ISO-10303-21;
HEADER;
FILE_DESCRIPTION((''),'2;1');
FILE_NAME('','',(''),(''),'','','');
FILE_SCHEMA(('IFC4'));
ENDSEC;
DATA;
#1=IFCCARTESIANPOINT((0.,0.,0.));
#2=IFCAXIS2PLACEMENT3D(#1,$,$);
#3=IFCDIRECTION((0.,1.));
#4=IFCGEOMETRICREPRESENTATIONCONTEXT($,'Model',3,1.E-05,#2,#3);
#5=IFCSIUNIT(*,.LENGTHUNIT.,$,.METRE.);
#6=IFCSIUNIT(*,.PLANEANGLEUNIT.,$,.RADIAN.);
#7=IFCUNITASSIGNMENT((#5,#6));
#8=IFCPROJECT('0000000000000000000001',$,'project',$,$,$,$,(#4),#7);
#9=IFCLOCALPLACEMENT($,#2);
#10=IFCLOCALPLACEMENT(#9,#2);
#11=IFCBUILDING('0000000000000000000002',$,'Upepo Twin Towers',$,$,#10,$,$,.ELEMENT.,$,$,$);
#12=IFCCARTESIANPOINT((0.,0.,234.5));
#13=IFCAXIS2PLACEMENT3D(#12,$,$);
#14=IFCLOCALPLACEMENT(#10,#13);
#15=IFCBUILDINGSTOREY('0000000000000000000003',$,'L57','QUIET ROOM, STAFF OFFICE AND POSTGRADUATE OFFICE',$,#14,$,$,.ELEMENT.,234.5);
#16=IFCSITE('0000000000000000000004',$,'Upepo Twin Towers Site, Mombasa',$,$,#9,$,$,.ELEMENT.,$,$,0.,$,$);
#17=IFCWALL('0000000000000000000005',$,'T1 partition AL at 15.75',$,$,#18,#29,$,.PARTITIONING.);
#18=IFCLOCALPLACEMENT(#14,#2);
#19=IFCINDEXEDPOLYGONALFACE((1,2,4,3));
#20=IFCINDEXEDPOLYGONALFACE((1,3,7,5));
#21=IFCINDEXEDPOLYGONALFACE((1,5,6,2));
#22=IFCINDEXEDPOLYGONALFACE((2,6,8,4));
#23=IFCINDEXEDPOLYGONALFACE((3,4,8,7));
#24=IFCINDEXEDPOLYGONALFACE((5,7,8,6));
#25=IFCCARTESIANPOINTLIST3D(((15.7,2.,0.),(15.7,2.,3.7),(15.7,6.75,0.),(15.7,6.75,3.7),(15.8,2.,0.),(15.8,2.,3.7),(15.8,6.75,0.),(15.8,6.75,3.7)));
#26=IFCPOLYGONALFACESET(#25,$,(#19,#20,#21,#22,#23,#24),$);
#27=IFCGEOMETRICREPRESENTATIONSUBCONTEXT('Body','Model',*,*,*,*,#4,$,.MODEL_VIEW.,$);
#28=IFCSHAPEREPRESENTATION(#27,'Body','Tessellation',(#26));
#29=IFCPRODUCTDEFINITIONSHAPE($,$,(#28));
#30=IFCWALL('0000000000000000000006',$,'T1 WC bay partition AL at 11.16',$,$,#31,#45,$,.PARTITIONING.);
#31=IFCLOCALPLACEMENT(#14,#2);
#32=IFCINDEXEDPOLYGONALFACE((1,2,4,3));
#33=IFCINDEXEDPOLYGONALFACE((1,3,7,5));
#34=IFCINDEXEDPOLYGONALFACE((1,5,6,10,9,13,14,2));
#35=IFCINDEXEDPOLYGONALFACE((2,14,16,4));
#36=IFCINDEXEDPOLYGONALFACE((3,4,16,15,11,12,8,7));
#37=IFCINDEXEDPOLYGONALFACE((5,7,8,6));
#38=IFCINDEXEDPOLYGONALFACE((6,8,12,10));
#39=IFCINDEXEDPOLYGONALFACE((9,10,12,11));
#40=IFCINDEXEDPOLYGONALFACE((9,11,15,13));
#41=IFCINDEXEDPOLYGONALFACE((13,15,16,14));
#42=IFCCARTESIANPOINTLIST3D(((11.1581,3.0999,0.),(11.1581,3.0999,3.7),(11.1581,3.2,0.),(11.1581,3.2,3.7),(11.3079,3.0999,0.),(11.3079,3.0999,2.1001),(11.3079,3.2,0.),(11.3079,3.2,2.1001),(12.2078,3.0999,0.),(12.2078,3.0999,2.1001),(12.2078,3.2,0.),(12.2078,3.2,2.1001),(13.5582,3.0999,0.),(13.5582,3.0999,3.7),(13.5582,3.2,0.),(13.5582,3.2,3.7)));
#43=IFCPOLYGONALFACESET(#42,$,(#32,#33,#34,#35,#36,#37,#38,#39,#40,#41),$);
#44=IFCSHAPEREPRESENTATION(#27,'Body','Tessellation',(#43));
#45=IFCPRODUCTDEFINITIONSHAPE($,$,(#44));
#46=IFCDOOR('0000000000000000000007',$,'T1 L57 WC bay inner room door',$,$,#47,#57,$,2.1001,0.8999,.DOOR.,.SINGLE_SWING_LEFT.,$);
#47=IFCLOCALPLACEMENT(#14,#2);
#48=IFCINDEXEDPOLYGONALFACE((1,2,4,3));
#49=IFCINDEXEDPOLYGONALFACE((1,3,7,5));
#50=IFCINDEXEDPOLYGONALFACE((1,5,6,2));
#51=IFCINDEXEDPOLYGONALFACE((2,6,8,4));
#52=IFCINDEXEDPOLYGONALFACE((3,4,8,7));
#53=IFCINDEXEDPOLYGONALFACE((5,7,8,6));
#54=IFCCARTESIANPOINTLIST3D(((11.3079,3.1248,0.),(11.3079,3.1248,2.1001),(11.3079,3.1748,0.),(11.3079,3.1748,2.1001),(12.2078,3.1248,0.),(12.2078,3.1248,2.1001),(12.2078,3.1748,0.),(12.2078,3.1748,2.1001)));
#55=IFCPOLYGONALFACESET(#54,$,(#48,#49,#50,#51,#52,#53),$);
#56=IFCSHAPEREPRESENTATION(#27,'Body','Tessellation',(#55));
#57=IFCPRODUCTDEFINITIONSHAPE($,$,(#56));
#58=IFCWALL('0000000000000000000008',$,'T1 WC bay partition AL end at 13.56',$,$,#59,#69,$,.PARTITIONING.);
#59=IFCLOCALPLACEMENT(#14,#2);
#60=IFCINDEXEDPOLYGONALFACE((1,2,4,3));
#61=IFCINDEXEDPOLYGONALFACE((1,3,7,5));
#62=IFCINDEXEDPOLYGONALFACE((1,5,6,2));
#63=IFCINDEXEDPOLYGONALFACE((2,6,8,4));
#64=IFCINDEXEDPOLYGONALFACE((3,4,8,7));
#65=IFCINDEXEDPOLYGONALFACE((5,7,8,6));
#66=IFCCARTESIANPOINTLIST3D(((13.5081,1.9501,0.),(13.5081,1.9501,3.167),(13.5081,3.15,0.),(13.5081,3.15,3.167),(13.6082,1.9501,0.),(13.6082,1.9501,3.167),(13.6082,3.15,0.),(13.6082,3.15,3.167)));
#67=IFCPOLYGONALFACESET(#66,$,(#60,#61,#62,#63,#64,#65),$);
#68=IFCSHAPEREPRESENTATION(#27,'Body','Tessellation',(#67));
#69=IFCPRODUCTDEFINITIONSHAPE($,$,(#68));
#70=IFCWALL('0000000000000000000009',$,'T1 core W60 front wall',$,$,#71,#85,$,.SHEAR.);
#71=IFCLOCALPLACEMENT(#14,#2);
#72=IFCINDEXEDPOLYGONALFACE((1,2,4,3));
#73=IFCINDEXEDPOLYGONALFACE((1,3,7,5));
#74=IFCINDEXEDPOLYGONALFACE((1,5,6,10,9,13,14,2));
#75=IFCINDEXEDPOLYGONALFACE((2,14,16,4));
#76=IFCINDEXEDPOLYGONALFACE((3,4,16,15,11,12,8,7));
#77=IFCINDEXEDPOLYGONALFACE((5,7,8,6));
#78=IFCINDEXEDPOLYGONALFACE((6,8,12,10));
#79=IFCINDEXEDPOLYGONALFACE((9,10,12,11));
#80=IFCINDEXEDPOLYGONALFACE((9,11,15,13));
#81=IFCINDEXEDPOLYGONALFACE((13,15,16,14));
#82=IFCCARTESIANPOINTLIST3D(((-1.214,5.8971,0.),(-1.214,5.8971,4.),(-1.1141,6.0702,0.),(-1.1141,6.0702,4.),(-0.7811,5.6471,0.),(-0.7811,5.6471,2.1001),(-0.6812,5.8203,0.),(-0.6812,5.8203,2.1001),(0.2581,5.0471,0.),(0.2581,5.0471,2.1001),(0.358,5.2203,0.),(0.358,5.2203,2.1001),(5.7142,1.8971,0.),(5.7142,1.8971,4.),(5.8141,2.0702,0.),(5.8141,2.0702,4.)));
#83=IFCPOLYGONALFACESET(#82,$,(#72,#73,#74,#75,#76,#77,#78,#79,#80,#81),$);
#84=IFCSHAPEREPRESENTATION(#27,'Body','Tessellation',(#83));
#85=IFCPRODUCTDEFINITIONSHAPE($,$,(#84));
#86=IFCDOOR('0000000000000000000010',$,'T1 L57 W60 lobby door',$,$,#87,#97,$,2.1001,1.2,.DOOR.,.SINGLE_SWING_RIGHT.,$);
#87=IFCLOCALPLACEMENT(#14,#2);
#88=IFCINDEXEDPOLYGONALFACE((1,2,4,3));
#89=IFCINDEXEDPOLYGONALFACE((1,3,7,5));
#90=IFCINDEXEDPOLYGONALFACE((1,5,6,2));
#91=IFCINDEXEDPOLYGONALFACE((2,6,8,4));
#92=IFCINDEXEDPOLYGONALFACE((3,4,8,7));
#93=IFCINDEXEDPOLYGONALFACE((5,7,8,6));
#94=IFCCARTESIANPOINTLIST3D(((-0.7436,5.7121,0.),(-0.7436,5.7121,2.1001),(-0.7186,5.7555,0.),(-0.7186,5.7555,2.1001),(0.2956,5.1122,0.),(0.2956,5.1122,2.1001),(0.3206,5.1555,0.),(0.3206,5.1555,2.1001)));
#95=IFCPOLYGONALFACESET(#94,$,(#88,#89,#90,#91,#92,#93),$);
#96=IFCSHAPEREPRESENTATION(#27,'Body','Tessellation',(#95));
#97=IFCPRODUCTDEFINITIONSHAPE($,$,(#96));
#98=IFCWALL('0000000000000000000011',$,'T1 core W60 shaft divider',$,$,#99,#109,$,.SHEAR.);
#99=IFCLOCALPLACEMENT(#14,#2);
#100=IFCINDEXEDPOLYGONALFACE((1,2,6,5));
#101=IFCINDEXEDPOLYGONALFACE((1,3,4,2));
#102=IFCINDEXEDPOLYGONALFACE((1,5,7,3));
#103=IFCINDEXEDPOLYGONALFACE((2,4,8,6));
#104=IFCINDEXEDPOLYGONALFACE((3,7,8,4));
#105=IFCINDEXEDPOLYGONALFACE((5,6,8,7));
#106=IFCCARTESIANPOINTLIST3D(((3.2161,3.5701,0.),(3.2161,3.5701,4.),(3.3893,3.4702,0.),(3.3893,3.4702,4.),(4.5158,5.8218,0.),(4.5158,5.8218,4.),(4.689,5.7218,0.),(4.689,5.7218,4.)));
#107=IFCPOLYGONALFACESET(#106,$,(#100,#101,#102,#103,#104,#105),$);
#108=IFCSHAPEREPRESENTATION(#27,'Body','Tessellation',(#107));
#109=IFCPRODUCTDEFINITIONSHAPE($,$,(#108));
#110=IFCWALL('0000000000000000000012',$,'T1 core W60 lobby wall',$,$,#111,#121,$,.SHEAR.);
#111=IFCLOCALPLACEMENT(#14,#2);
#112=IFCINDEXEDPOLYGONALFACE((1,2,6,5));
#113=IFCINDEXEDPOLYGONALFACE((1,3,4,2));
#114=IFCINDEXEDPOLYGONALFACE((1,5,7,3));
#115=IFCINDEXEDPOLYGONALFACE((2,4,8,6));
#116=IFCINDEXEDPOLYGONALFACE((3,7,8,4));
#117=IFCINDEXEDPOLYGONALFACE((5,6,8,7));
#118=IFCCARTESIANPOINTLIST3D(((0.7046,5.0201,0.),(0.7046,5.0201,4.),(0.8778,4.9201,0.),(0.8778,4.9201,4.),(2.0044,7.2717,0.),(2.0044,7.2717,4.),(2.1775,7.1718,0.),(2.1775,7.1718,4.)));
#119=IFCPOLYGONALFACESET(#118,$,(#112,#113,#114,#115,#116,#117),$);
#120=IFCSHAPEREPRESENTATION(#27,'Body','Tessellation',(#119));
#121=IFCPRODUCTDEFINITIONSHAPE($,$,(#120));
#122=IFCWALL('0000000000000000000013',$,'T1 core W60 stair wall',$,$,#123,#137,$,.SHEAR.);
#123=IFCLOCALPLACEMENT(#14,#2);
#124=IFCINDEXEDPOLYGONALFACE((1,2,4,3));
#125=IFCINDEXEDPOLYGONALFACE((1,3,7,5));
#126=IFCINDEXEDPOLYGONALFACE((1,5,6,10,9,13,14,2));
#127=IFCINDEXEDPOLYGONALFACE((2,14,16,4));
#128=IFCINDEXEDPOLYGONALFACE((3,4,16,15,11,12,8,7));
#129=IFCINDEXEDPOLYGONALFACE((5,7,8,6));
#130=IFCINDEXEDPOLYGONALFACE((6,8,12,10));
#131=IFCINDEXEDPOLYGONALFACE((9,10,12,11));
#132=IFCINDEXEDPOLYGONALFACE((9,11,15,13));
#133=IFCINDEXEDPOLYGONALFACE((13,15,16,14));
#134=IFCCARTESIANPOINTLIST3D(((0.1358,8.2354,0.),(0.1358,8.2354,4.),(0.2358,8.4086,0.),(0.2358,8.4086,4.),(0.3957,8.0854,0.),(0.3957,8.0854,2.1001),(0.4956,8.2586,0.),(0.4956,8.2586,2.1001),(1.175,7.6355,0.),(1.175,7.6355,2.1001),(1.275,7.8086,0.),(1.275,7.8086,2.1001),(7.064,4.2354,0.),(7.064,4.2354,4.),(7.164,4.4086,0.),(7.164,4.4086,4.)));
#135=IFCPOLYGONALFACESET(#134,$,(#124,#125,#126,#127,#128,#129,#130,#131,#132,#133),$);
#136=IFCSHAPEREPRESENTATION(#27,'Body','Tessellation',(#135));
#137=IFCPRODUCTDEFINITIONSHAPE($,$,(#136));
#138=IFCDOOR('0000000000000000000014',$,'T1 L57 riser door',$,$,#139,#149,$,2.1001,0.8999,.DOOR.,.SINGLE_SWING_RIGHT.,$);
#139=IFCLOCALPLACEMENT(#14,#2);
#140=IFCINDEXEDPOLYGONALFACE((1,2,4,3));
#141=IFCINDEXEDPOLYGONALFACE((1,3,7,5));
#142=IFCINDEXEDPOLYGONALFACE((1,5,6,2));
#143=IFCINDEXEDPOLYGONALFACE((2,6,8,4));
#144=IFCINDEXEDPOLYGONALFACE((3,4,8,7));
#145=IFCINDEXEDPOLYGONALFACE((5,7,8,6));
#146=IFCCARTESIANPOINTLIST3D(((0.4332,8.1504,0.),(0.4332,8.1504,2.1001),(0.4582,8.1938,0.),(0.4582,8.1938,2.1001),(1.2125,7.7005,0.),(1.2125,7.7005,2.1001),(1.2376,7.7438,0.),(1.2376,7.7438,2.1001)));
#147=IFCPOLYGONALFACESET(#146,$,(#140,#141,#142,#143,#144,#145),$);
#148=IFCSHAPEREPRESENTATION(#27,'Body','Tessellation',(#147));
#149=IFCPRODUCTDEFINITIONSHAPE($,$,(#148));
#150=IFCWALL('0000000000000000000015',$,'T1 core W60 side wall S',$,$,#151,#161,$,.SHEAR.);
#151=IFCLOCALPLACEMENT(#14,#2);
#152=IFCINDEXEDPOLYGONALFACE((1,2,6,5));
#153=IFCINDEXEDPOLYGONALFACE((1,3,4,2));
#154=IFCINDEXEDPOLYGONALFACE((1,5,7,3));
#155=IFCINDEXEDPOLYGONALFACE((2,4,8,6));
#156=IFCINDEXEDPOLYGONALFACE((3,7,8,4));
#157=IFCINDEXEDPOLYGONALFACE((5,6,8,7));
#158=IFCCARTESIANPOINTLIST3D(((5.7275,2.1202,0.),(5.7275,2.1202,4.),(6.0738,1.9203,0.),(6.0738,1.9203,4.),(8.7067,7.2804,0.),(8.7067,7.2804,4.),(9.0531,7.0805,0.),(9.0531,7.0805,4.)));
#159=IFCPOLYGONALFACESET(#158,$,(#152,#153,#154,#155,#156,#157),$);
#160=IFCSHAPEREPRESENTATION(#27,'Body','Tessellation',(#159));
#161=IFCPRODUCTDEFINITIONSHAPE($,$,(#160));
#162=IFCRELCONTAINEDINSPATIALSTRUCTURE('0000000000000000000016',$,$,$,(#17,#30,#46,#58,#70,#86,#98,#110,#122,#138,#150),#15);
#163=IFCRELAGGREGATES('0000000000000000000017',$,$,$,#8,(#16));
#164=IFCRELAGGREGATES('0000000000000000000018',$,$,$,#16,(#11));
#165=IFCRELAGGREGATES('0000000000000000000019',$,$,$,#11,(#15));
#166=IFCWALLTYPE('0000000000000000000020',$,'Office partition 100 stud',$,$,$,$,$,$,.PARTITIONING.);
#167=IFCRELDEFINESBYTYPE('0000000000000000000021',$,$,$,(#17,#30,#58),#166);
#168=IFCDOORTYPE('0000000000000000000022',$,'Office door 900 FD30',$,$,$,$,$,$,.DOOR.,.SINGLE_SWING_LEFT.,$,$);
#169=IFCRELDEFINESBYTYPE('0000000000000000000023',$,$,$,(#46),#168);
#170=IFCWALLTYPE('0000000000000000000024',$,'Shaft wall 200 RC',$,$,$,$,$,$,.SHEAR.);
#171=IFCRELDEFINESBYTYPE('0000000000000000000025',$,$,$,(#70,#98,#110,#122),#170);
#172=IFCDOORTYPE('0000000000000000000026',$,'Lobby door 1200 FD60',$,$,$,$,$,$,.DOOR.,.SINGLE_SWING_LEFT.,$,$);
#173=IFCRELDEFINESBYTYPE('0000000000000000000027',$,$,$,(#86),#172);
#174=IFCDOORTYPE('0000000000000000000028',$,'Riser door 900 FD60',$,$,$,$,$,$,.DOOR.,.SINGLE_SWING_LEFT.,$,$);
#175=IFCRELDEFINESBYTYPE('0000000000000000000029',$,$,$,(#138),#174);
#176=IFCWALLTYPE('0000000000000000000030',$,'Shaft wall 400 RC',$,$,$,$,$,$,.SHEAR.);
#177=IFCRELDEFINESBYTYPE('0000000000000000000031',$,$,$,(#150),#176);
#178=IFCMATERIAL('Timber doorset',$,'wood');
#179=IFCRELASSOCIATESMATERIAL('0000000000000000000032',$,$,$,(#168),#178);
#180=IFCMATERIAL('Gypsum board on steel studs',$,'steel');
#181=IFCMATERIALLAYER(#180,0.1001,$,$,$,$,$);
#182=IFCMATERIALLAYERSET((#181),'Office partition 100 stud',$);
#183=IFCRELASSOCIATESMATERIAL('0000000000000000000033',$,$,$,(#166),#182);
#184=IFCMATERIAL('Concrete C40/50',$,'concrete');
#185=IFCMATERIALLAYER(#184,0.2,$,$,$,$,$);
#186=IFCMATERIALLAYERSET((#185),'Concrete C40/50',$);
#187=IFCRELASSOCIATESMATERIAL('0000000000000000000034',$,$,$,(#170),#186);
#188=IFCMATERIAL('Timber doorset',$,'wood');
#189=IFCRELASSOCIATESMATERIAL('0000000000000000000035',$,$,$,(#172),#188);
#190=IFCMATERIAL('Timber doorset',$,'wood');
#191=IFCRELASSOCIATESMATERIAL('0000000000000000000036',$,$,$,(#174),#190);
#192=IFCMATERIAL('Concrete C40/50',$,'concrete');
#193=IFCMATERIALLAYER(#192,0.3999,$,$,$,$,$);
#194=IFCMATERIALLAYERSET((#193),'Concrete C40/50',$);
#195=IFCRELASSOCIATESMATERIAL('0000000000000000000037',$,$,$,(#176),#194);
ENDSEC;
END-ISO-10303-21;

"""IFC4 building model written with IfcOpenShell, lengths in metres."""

from ifc_helpers import new_model, si_unit, direction, frame, frame_2d, origin, place, context, subcontext, project, spatial, rectangle, extrude, material, layer, layer_set, type_object, element, fill, save


model = new_model("IFC4")

# Units and contexts
model_context = context("Model", 3, precision=1e-05, world=origin(), true_north=direction((0.0, 1.0)))
body_context = subcontext(model_context, "Body", "Model", "MODEL_VIEW")
ifc_project = project(units=[si_unit("LENGTHUNIT", "METRE"), si_unit("PLANEANGLEUNIT", "RADIAN")], contexts=[model_context])

# Site, building, storey
site_placement = place(None, origin())
site = spatial("IfcSite", under=ifc_project, at=site_placement, Name="Upepo Twin Towers Site, Mombasa", CompositionType="ELEMENT", RefElevation=0.0)
building_placement = place(site_placement, origin())
building = spatial("IfcBuilding", under=site, at=building_placement, Name="Upepo Twin Towers", CompositionType="ELEMENT")
storey_placement = place(building_placement, frame((0.0, 0.0, 234.5)))
storey = spatial("IfcBuildingStorey", under=building, at=storey_placement, Name="L57", Description="QUIET ROOM, STAFF OFFICE AND POSTGRADUATE OFFICE", CompositionType="ELEMENT", Elevation=234.5)

# Shared definitions
ifc_material_1 = material(Name="Timber doorset", Category="wood")
door_type_1 = type_object("IfcDoorType", Name="Office door 900 FD30", OperationType="SINGLE_SWING_LEFT", PredefinedType="DOOR", material=ifc_material_1)

# Wall
ifc_material_2 = material(Name="Gypsum board on steel studs", Category="steel")
ifc_layer_1 = layer(ifc_material_2, 0.1001)
ifc_layer_set_1 = layer_set([ifc_layer_1], Name="Office partition 100 stud")
wall_type_1 = type_object("IfcWallType", Name="Office partition 100 stud", PredefinedType="PARTITIONING", material=ifc_layer_set_1)
wall_1_placement = place(storey_placement, frame((15.75, 2.0, 0.0), z_axis=(0.0, 0.0, 1.0), x_axis=(0.0, 1.0, 0.0)))
element("IfcWall", 1, at=wall_1_placement, inside=storey, type_object=wall_type_1, Name="T1 partition AL at 15.75", PredefinedType="PARTITIONING", context=body_context, shape_type="SweptSolid", body=[
    extrude(rectangle(XDim=4.75, YDim=0.1001, at=frame_2d((2.375, 0.0))), origin(), (0.0, 0.0, 1.0), 3.7),
])

# Wall, opening, door
wall_2_placement = place(storey_placement, frame((11.158, 3.1499, 0.0), z_axis=(0.0, 0.0, 1.0), x_axis=(1.0, 0.0, 0.0)))
wall_2 = element("IfcWall", 2, at=wall_2_placement, inside=storey, type_object=wall_type_1, Name="T1 WC bay partition AL at 11.16", PredefinedType="PARTITIONING", context=body_context, shape_type="SweptSolid", body=[
    extrude(rectangle(XDim=2.4001, YDim=0.1001, at=frame_2d((1.2002, 0.0))), origin(), (0.0, 0.0, 1.0), 3.7),
])
opening_1_placement = place(wall_2_placement, frame((0.1499, 0.0, 0.0)))
opening_1 = element("IfcOpeningElement", 3, at=opening_1_placement, cuts=wall_2, PredefinedType="OPENING", context=body_context, shape_type="SweptSolid", body=[
    extrude(rectangle(XDim=0.8999, YDim=2.1001, at=frame_2d((0.45, 1.05))), frame((0.0, 0.0601, 0.0), z_axis=(0.0, -1.0, 0.0), x_axis=(1.0, 0.0, 0.0)), (0.0, 0.0, 1.0), 0.1201),
])
door_1_placement = place(opening_1_placement, origin())
door_1 = element("IfcDoor", 4, at=door_1_placement, inside=storey, type_object=door_type_1, Name="T1 L57 WC bay inner room door", OperationType="SINGLE_SWING_LEFT", OverallHeight=2.1001, OverallWidth=0.8999, PredefinedType="DOOR", context=body_context, shape_type="SweptSolid", body=[
    extrude(rectangle(XDim=0.8999, YDim=2.1001, at=frame_2d((0.45, 1.05))), frame((0.0, 0.0249, 0.0), z_axis=(0.0, -1.0, 0.0), x_axis=(1.0, 0.0, 0.0)), (0.0, 0.0, 1.0), 0.05),
])
fill(opening_1, door_1)

# Wall
wall_3_placement = place(storey_placement, frame((13.5581, 1.95, 0.0), z_axis=(0.0, 0.0, 1.0), x_axis=(0.0, 1.0, 0.0)))
element("IfcWall", 5, at=wall_3_placement, inside=storey, type_object=wall_type_1, Name="T1 WC bay partition AL end at 13.56", PredefinedType="PARTITIONING", context=body_context, shape_type="SweptSolid", body=[
    extrude(rectangle(XDim=1.2, YDim=0.1001, at=frame_2d((0.6001, 0.0))), origin(), (0.0, 0.0, 1.0), 3.167),
])

# Wall, opening, door
ifc_material_3 = material(Name="Concrete C40/50", Category="concrete")
ifc_layer_2 = layer(ifc_material_3, 0.2)
ifc_layer_set_2 = layer_set([ifc_layer_2], Name="Concrete C40/50")
wall_type_2 = type_object("IfcWallType", Name="Shaft wall 200 RC", PredefinedType="SHEAR", material=ifc_layer_set_2)
wall_4_placement = place(storey_placement, frame((5.7642, 1.9836, 0.0), z_axis=(0.0, 0.0, 1.0), x_axis=(-0.866026, 0.499999, 0.0)))
wall_4 = element("IfcWall", 6, at=wall_4_placement, inside=storey, type_object=wall_type_2, Name="T1 core W60 front wall", PredefinedType="SHEAR", context=body_context, shape_type="SweptSolid", body=[
    extrude(rectangle(XDim=8.0, YDim=0.2, at=frame_2d((4.0, 0.0))), origin(), (0.0, 0.0, 1.0), 4.0),
])
opening_2_placement = place(wall_4_placement, frame((6.3, 0.0, 0.0)))
opening_2 = element("IfcOpeningElement", 7, at=opening_2_placement, cuts=wall_4, PredefinedType="OPENING", context=body_context, shape_type="SweptSolid", body=[
    extrude(rectangle(XDim=1.2, YDim=2.1001, at=frame_2d((0.6001, 1.05))), frame((0.0, 0.1099, 0.0), z_axis=(0.0, -1.0, 0.0), x_axis=(1.0, 0.0, 0.0)), (0.0, 0.0, 1.0), 0.22),
])
ifc_material_4 = material(Name="Timber doorset", Category="wood")
door_type_2 = type_object("IfcDoorType", Name="Lobby door 1200 FD60", OperationType="SINGLE_SWING_LEFT", PredefinedType="DOOR", material=ifc_material_4)
door_2_placement = place(opening_2_placement, origin())
door_2 = element("IfcDoor", 8, at=door_2_placement, inside=storey, type_object=door_type_2, Name="T1 L57 W60 lobby door", OperationType="SINGLE_SWING_RIGHT", OverallHeight=2.1001, OverallWidth=1.2, PredefinedType="DOOR", context=body_context, shape_type="SweptSolid", body=[
    extrude(rectangle(XDim=1.2, YDim=2.1001, at=frame_2d((0.6001, 1.05))), frame((0.0, 0.0249, 0.0), z_axis=(0.0, -1.0, 0.0), x_axis=(1.0, 0.0, 0.0)), (0.0, 0.0, 1.0), 0.05),
])
fill(opening_2, door_2)

# Walls
for number, where, z_axis, x_axis, name in (
    (9, (3.3027, 3.5203, 0.0), (0.0, 0.0, 1.0), (0.499937, 0.866062, 0.0), "T1 core W60 shaft divider"),
    (10, (0.7913, 4.9702, 0.0), (0.0, 0.0, 1.0), (0.499937, 0.866062, 0.0), "T1 core W60 lobby wall"),
):
    element("IfcWall", number, at=place(storey_placement, frame(where, z_axis=z_axis, x_axis=x_axis)), inside=storey, type_object=wall_type_2, Name=name, PredefinedType="SHEAR", context=body_context, shape_type="SweptSolid", body=[
        extrude(rectangle(XDim=2.5999, YDim=0.2, at=frame_2d((1.2998, 0.0))), origin(), (0.0, 0.0, 1.0), 4.0),
    ])

# Wall, opening, door
wall_5_placement = place(storey_placement, frame((7.114, 4.322, 0.0), z_axis=(0.0, 0.0, 1.0), x_axis=(-0.866026, 0.499999, 0.0)))
wall_5 = element("IfcWall", 11, at=wall_5_placement, inside=storey, type_object=wall_type_2, Name="T1 core W60 stair wall", PredefinedType="SHEAR", context=body_context, shape_type="SweptSolid", body=[
    extrude(rectangle(XDim=8.0, YDim=0.2, at=frame_2d((4.0, 0.0))), origin(), (0.0, 0.0, 1.0), 4.0),
])
opening_3_placement = place(wall_5_placement, frame((6.8, 0.0, 0.0)))
opening_3 = element("IfcOpeningElement", 12, at=opening_3_placement, cuts=wall_5, PredefinedType="OPENING", context=body_context, shape_type="SweptSolid", body=[
    extrude(rectangle(XDim=0.8999, YDim=2.1001, at=frame_2d((0.45, 1.05))), frame((0.0, 0.1099, 0.0), z_axis=(0.0, -1.0, 0.0), x_axis=(1.0, 0.0, 0.0)), (0.0, 0.0, 1.0), 0.22),
])
ifc_material_5 = material(Name="Timber doorset", Category="wood")
door_type_3 = type_object("IfcDoorType", Name="Riser door 900 FD60", OperationType="SINGLE_SWING_LEFT", PredefinedType="DOOR", material=ifc_material_5)
door_3_placement = place(opening_3_placement, origin())
door_3 = element("IfcDoor", 13, at=door_3_placement, inside=storey, type_object=door_type_3, Name="T1 L57 riser door", OperationType="SINGLE_SWING_RIGHT", OverallHeight=2.1001, OverallWidth=0.8999, PredefinedType="DOOR", context=body_context, shape_type="SweptSolid", body=[
    extrude(rectangle(XDim=0.8999, YDim=2.1001, at=frame_2d((0.45, 1.05))), frame((0.0, 0.0249, 0.0), z_axis=(0.0, -1.0, 0.0), x_axis=(1.0, 0.0, 0.0)), (0.0, 0.0, 1.0), 0.05),
])
fill(opening_3, door_3)

# Wall
ifc_material_6 = material(Name="Concrete C40/50", Category="concrete")
ifc_layer_3 = layer(ifc_material_6, 0.3999)
ifc_layer_set_3 = layer_set([ifc_layer_3], Name="Concrete C40/50")
wall_type_3 = type_object("IfcWallType", Name="Shaft wall 400 RC", PredefinedType="SHEAR", material=ifc_layer_set_3)
wall_6_placement = place(storey_placement, frame((5.9006, 2.0203, 0.0), z_axis=(0.0, 0.0, 1.0), x_axis=(0.500004, 0.866023, 0.0)))
element("IfcWall", 14, at=wall_6_placement, inside=storey, type_object=wall_type_3, Name="T1 core W60 side wall S", PredefinedType="SHEAR", context=body_context, shape_type="SweptSolid", body=[
    extrude(rectangle(XDim=5.9585, YDim=0.3999, at=frame_2d((2.9792, 0.0))), origin(), (0.0, 0.0, 1.0), 4.0),
])

save(model, "model.ifc")
